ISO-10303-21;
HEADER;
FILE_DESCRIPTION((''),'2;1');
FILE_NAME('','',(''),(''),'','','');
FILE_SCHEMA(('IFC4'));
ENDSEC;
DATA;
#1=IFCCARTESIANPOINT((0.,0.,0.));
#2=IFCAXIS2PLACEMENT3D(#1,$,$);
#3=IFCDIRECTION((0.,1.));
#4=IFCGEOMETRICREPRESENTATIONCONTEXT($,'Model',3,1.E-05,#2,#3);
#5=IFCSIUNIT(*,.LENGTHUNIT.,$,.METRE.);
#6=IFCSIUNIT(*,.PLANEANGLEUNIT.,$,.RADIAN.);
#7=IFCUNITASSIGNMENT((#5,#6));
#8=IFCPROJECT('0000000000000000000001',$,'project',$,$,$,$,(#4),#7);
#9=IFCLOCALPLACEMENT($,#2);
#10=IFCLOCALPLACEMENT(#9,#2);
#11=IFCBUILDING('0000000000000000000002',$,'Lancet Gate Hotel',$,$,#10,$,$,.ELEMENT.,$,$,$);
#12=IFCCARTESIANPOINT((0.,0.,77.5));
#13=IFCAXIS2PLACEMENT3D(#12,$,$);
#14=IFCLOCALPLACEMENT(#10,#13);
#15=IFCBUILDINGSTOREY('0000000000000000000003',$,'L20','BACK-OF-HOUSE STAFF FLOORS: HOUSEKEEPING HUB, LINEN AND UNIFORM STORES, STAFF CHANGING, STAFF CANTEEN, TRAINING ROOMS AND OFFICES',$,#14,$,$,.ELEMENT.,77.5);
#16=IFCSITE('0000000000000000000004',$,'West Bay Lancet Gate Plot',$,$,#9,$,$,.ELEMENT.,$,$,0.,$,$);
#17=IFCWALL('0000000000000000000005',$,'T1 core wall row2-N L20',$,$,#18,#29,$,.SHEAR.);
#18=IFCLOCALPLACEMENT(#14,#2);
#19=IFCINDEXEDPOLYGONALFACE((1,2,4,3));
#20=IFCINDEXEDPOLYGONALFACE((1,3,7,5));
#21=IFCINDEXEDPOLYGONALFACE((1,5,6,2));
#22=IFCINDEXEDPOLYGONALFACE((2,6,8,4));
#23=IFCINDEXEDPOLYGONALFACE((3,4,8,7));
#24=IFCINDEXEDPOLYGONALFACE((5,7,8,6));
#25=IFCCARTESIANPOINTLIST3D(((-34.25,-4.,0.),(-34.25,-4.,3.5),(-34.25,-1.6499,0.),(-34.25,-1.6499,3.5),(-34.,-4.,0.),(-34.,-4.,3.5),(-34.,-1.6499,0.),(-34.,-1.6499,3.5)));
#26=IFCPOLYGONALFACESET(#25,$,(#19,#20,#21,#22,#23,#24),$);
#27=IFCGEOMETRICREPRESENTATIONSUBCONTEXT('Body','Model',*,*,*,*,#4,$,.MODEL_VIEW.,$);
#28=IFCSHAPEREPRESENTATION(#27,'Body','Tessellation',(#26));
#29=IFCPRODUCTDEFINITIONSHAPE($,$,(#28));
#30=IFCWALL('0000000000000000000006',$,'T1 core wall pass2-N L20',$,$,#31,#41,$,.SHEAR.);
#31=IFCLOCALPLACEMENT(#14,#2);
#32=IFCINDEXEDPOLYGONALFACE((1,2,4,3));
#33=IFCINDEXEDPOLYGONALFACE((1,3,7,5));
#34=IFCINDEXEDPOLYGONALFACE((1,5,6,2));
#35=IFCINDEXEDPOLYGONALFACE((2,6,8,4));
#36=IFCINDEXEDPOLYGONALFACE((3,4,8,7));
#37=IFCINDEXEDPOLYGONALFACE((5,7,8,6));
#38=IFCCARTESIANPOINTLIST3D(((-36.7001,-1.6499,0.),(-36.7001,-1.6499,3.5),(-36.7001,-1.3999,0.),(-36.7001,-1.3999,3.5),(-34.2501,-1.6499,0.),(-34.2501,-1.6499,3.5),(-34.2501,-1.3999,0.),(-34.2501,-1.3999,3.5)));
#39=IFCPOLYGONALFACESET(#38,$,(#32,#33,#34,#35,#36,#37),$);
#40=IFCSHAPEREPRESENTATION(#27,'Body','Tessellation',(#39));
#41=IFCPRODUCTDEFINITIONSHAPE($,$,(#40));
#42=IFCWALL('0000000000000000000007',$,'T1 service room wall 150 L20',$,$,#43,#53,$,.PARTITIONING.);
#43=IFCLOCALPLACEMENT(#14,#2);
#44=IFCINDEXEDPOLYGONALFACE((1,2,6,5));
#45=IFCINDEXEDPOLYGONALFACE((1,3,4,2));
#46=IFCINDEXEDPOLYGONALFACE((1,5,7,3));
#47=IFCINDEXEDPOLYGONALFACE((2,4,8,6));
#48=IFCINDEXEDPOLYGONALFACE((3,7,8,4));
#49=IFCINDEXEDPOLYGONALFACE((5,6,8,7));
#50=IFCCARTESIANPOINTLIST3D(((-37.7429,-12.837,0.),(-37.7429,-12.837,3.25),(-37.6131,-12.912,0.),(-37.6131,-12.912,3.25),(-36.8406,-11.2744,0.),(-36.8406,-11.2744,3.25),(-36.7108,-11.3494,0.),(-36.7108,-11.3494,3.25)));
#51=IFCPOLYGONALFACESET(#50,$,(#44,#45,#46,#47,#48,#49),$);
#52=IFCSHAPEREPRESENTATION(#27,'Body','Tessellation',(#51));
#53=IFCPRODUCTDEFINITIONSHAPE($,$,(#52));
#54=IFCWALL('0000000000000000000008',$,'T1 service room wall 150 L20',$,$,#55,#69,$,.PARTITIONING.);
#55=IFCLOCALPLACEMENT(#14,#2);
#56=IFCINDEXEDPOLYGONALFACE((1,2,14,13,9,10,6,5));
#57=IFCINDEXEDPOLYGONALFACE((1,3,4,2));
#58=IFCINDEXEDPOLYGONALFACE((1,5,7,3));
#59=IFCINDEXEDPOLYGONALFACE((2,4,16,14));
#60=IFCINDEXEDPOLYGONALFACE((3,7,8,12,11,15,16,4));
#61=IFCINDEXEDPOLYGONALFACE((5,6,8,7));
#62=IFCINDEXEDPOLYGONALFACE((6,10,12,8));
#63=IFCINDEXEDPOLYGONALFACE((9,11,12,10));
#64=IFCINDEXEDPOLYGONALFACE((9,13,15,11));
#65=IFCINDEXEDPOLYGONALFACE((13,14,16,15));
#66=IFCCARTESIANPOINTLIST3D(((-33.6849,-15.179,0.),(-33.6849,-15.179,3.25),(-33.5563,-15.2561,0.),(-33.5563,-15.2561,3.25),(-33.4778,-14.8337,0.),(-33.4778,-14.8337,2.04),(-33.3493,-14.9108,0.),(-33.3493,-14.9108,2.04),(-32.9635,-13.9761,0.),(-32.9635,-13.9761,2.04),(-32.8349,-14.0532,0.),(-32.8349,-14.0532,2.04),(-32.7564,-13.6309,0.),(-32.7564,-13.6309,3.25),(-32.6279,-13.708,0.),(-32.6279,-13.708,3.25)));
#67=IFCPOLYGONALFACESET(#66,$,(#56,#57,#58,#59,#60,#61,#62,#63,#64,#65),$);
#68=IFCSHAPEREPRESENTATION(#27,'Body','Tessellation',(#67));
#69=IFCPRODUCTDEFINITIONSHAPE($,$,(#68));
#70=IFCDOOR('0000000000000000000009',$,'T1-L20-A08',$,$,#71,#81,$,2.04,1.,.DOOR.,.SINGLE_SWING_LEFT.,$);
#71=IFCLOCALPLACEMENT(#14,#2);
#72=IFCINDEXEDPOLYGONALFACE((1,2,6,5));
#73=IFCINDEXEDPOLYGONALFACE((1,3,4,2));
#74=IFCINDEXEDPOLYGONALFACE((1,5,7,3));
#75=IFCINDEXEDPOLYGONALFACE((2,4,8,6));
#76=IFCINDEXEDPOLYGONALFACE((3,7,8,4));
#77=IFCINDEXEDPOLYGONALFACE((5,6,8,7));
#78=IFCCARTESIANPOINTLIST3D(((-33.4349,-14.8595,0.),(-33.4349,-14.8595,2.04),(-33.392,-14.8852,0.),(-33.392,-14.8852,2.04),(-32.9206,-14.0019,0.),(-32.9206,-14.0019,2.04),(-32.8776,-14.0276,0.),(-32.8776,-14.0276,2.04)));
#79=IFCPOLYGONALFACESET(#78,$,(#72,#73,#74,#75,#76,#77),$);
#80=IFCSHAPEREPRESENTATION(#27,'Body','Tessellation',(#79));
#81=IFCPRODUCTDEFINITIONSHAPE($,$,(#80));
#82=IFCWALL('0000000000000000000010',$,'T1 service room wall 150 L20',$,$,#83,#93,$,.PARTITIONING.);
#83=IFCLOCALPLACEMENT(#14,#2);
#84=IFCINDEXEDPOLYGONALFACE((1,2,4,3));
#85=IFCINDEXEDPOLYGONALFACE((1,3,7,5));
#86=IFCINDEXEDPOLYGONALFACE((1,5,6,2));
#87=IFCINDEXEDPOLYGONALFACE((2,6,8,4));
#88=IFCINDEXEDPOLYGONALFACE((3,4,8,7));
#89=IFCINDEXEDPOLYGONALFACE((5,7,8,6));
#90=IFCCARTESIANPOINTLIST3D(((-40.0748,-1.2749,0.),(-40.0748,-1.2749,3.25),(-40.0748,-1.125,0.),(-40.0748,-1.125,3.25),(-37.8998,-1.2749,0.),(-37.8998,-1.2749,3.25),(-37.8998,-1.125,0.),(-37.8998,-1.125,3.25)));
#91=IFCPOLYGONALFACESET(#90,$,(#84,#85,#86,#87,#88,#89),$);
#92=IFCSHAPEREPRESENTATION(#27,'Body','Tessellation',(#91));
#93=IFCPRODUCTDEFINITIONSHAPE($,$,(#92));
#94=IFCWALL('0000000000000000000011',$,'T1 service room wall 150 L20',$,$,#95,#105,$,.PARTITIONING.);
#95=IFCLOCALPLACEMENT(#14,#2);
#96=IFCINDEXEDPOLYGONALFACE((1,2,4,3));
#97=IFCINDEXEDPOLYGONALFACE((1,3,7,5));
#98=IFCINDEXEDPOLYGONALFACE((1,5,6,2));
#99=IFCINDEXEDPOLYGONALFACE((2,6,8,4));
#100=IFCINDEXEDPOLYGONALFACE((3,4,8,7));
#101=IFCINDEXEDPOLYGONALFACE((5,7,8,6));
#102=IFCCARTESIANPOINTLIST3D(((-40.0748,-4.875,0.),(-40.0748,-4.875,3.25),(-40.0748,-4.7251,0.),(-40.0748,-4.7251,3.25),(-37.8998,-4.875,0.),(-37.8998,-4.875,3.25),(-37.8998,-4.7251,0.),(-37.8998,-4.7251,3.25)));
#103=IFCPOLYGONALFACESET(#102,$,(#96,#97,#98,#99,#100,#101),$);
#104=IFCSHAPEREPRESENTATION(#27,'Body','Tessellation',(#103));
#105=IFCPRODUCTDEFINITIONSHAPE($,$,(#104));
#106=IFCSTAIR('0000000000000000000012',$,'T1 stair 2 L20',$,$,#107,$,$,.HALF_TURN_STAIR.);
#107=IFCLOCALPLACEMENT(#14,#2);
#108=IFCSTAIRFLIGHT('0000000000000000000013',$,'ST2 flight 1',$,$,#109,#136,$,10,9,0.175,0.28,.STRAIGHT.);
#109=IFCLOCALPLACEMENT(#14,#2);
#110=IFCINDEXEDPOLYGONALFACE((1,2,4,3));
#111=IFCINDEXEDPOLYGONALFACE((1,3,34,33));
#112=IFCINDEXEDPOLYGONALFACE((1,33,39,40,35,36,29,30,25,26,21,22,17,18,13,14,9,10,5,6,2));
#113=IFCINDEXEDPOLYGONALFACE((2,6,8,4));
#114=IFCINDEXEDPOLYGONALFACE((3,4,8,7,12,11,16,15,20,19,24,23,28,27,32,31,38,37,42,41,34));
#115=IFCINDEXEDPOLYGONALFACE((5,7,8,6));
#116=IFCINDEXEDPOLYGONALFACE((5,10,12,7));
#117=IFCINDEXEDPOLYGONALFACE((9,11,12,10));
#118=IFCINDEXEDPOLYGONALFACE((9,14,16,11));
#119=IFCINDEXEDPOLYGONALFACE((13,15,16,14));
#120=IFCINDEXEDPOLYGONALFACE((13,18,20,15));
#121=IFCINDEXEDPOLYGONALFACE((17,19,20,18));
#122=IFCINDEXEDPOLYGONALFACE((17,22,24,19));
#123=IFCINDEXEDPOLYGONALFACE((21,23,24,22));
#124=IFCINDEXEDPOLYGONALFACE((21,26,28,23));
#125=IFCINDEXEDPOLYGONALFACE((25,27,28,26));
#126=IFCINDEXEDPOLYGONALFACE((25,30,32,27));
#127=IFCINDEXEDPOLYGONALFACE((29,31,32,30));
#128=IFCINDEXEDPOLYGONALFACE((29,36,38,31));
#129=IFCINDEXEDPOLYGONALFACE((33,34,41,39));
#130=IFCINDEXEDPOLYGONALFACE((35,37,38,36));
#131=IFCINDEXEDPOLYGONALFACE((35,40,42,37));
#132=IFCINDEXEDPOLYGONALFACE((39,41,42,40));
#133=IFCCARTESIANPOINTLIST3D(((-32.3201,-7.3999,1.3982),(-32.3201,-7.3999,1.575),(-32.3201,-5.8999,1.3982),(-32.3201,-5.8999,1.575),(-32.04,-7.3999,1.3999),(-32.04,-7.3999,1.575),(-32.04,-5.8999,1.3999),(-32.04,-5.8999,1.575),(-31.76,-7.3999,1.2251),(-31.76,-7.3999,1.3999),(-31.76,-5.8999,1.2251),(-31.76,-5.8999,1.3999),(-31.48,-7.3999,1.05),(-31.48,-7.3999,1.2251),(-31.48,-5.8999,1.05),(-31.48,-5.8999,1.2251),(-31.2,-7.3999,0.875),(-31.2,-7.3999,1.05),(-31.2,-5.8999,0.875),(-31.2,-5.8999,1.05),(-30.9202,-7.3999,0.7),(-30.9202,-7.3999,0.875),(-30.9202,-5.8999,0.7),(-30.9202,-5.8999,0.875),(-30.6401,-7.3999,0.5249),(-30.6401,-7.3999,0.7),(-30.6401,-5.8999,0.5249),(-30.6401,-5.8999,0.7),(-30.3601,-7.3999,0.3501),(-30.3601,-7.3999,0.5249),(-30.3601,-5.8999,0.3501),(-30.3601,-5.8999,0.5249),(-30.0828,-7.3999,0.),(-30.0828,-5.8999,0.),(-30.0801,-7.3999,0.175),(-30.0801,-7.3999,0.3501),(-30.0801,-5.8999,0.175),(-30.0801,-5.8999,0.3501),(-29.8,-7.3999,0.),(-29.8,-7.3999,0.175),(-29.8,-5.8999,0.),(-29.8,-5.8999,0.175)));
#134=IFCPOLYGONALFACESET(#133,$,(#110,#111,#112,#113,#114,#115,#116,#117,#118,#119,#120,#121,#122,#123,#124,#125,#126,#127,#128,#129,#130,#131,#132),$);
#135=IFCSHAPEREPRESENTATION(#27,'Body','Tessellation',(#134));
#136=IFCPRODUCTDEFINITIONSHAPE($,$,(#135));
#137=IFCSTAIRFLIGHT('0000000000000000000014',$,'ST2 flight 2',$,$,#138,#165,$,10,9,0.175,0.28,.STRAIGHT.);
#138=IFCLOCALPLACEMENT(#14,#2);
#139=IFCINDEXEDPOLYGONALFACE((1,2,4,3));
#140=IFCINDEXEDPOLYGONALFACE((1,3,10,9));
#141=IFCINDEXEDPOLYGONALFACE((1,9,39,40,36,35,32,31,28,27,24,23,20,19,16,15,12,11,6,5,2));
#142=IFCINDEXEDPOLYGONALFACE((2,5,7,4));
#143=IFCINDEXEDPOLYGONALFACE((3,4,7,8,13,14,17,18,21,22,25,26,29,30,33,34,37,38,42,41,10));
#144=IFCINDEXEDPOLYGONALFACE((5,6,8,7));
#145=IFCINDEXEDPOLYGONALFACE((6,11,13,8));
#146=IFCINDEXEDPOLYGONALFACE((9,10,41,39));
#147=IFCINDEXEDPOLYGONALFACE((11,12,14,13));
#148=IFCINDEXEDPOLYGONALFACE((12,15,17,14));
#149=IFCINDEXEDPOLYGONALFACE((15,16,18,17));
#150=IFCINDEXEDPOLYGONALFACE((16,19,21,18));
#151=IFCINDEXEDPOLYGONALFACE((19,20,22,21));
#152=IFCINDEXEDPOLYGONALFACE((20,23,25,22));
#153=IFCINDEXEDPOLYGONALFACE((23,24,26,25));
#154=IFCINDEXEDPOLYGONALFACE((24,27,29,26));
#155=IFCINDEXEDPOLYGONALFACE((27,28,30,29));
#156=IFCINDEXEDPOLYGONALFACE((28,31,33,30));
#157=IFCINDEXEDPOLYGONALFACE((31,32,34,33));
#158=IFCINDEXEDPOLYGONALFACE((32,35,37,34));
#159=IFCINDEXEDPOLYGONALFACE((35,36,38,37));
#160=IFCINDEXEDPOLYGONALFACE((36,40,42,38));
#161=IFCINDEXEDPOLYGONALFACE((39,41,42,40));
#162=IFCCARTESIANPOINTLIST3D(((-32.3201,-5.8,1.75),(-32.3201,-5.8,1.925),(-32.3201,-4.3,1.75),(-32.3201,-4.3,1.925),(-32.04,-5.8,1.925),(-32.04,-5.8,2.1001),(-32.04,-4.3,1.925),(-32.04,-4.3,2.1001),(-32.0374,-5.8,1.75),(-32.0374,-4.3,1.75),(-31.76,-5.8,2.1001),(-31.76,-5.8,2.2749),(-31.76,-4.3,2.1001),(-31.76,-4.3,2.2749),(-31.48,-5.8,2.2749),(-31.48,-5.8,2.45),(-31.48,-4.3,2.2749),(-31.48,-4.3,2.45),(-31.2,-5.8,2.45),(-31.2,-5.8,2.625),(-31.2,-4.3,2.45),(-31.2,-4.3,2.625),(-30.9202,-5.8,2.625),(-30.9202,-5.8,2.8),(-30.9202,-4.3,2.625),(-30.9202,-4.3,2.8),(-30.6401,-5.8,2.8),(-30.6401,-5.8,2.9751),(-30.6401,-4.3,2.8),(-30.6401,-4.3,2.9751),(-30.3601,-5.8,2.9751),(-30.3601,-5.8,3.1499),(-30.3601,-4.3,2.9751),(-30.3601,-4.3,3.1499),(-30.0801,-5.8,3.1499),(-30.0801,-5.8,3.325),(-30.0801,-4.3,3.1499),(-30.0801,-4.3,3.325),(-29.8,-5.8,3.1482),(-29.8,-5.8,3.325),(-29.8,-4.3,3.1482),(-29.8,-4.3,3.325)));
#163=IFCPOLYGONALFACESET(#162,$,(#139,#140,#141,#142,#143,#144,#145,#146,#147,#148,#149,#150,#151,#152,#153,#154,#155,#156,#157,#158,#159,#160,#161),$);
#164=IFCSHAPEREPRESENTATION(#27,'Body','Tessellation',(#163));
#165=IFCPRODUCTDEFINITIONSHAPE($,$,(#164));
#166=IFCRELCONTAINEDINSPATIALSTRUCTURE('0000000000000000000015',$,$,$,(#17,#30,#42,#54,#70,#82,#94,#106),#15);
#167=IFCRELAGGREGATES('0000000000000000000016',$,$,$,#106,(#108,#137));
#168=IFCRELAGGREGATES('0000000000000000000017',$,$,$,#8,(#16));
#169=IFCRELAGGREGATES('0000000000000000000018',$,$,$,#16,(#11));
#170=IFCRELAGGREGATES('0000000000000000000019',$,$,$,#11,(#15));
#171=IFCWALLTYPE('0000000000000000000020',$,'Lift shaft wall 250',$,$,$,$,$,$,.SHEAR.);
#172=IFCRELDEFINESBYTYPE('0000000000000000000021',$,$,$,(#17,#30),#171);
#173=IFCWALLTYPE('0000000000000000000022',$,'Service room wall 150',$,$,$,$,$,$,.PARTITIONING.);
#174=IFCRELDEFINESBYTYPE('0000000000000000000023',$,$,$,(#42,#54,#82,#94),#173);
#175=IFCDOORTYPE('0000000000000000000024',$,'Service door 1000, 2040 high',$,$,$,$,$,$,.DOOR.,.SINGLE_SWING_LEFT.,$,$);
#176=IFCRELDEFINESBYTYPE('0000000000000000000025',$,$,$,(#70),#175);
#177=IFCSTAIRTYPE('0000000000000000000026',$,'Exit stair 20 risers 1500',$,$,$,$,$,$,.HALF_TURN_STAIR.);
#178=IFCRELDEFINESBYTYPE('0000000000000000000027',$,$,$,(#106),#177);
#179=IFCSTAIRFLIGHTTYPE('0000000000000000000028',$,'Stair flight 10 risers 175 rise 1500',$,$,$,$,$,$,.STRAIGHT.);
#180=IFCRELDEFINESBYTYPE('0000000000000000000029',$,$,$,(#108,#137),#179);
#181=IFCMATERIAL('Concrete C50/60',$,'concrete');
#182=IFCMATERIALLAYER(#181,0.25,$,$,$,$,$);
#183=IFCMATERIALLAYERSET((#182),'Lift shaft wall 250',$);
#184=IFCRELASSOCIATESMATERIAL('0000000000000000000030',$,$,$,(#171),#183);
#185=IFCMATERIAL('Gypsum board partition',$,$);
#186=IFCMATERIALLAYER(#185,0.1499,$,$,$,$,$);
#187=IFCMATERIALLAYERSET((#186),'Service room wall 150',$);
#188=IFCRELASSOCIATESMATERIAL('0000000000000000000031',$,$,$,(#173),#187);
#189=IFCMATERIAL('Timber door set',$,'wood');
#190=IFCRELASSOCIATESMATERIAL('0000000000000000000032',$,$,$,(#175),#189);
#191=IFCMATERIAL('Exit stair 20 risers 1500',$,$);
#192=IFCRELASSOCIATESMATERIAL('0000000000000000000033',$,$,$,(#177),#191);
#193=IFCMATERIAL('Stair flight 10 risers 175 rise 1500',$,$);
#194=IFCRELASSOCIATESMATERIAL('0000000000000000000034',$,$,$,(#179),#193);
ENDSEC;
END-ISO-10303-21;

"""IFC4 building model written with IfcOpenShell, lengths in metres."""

from ifc_helpers import new_model, si_unit, direction, frame, frame_2d, origin, place, context, subcontext, project, spatial, polyline, rectangle, outline, extrude, material, layer, layer_set, type_object, element, fill, aggregate, save


model = new_model("IFC4")

# Units and contexts
model_context = context("Model", 3, precision=1e-05, world=origin(), true_north=direction((0.0, 1.0)))
body_context = subcontext(model_context, "Body", "Model", "MODEL_VIEW")
ifc_project = project(units=[si_unit("LENGTHUNIT", "METRE"), si_unit("PLANEANGLEUNIT", "RADIAN")], contexts=[model_context])

# Site, building, storey
site_placement = place(None, origin())
site = spatial("IfcSite", under=ifc_project, at=site_placement, Name="West Bay Lancet Gate Plot", CompositionType="ELEMENT", RefElevation=0.0)
building_placement = place(site_placement, origin())
building = spatial("IfcBuilding", under=site, at=building_placement, Name="Lancet Gate Hotel", CompositionType="ELEMENT")
storey_placement = place(building_placement, frame((0.0, 0.0, 77.5)))
storey = spatial("IfcBuildingStorey", under=building, at=storey_placement, Name="L20", Description="BACK-OF-HOUSE STAFF FLOORS: HOUSEKEEPING HUB, LINEN AND UNIFORM STORES, STAFF CHANGING, STAFF CANTEEN, TRAINING ROOMS AND OFFICES", CompositionType="ELEMENT", Elevation=77.5)

# Shared definitions
ifc_material_1 = material(Name="Concrete C50/60", Category="concrete")
ifc_layer_1 = layer(ifc_material_1, 0.25)
ifc_layer_set_1 = layer_set([ifc_layer_1], Name="Lift shaft wall 250")
wall_type_1 = type_object("IfcWallType", Name="Lift shaft wall 250", PredefinedType="SHEAR", material=ifc_layer_set_1)

# Walls
wall_1_placement = place(storey_placement, frame((-34.125, -1.6499, 0.0), z_axis=(0.0, 0.0, 1.0), x_axis=(0.0, -1.0, 0.0)))
element("IfcWall", 1, at=wall_1_placement, inside=storey, type_object=wall_type_1, Name="T1 core wall row2-N L20", PredefinedType="SHEAR", context=body_context, shape_type="SweptSolid", body=[
    extrude(rectangle(XDim=2.3501, YDim=0.25, at=frame_2d((1.175, 0.0))), origin(), (0.0, 0.0, 1.0), 3.5),
])
wall_2_placement = place(storey_placement, frame((-34.25, -1.5249, 0.0), z_axis=(0.0, 0.0, 1.0), x_axis=(-1.0, 0.0, 0.0)))
element("IfcWall", 2, at=wall_2_placement, inside=storey, type_object=wall_type_1, Name="T1 core wall pass2-N L20", PredefinedType="SHEAR", context=body_context, shape_type="SweptSolid", body=[
    extrude(rectangle(XDim=2.45, YDim=0.25, at=frame_2d((1.2251, 0.0))), origin(), (0.0, 0.0, 1.0), 3.5),
])
ifc_material_2 = material(Name="Gypsum board partition")
ifc_layer_2 = layer(ifc_material_2, 0.1499)
ifc_layer_set_2 = layer_set([ifc_layer_2], Name="Service room wall 150")
wall_type_2 = type_object("IfcWallType", Name="Service room wall 150", PredefinedType="PARTITIONING", material=ifc_layer_set_2)
wall_3_placement = place(storey_placement, frame((-36.7756, -11.3118, 0.0), z_axis=(0.0, 0.0, 1.0), x_axis=(-0.500039, -0.866003, 0.0)))
element("IfcWall", 3, at=wall_3_placement, inside=storey, type_object=wall_type_2, Name="T1 service room wall 150 L20", PredefinedType="PARTITIONING", context=body_context, shape_type="SweptSolid", body=[
    extrude(rectangle(XDim=1.8044, YDim=0.1499, at=frame_2d((0.9023, 0.0))), origin(), (0.0, 0.0, 1.0), 3.25),
])

# Wall, opening, door
wall_4_placement = place(storey_placement, frame((-33.6206, -15.2175, 0.0), z_axis=(0.0, 0.0, 1.0), x_axis=(0.514337, 0.857588, 0.0)))
wall_4 = element("IfcWall", 4, at=wall_4_placement, inside=storey, type_object=wall_type_2, Name="T1 service room wall 150 L20", PredefinedType="PARTITIONING", context=body_context, shape_type="SweptSolid", body=[
    extrude(rectangle(XDim=1.8052, YDim=0.1499, at=frame_2d((0.9026, 0.0))), origin(), (0.0, 0.0, 1.0), 3.25),
])
opening_1_placement = place(wall_4_placement, frame((0.4026, 0.0, 0.0)))
opening_1 = element("IfcOpeningElement", 5, at=opening_1_placement, cuts=wall_4, PredefinedType="OPENING", context=body_context, shape_type="SweptSolid", body=[
    extrude(rectangle(XDim=1.0, YDim=2.04, at=frame_2d((0.5, 1.02))), frame((0.0, 0.085, 0.0), z_axis=(0.0, -1.0, 0.0), x_axis=(1.0, 0.0, 0.0)), (0.0, 0.0, 1.0), 0.1699),
])
ifc_material_3 = material(Name="Timber door set", Category="wood")
door_type_1 = type_object("IfcDoorType", Name="Service door 1000, 2040 high", OperationType="SINGLE_SWING_LEFT", PredefinedType="DOOR", material=ifc_material_3)
door_1_placement = place(opening_1_placement, origin())
door_1 = element("IfcDoor", 6, at=door_1_placement, inside=storey, type_object=door_type_1, Name="T1-L20-A08", OperationType="SINGLE_SWING_LEFT", OverallHeight=2.04, OverallWidth=1.0, PredefinedType="DOOR", context=body_context, shape_type="SweptSolid", body=[
    extrude(rectangle(XDim=1.0, YDim=2.04, at=frame_2d((0.5, 1.02))), frame((0.0, 0.0249, 0.0), z_axis=(0.0, -1.0, 0.0), x_axis=(1.0, 0.0, 0.0)), (0.0, 0.0, 1.0), 0.05),
])
fill(opening_1, door_1)

# Walls
for number, where, z_axis, x_axis, name in (
    (7, (-37.8999, -1.2, 0.0), (0.0, 0.0, 1.0), (-1.0, 0.0, 0.0), "T1 service room wall 150 L20"),
    (8, (-37.8999, -4.8, 0.0), (0.0, 0.0, 1.0), (-1.0, 0.0, 0.0), "T1 service room wall 150 L20"),
):
    element("IfcWall", number, at=place(storey_placement, frame(where, z_axis=z_axis, x_axis=x_axis)), inside=storey, type_object=wall_type_2, Name=name, PredefinedType="PARTITIONING", context=body_context, shape_type="SweptSolid", body=[
        extrude(rectangle(XDim=2.175, YDim=0.1499, at=frame_2d((1.0874, 0.0))), origin(), (0.0, 0.0, 1.0), 3.25),
    ])

# Stair, stair flights
ifc_material_4 = material(Name="Exit stair 20 risers 1500")
stair_type = type_object("IfcStairType", Name="Exit stair 20 risers 1500", PredefinedType="HALF_TURN_STAIR", material=ifc_material_4)
stair_placement = place(storey_placement, origin())
stair = element("IfcStair", 9, at=stair_placement, inside=storey, type_object=stair_type, Name="T1 stair 2 L20", PredefinedType="HALF_TURN_STAIR")
ifc_material_5 = material(Name="Stair flight 10 risers 175 rise 1500")
stair_flight_type = type_object("IfcStairFlightType", Name="Stair flight 10 risers 175 rise 1500", PredefinedType="STRAIGHT", material=ifc_material_5)
stair_flight_1_placement = place(storey_placement, frame((-29.8, -6.6499, 0.0), z_axis=(0.0, 0.0, 1.0), x_axis=(-1.0, 0.0, 0.0)))
stair_flight_1 = element("IfcStairFlight", 10, at=stair_flight_1_placement, type_object=stair_flight_type, Name="ST2 flight 1", NumberOfRisers=10, NumberOfTreads=9, PredefinedType="STRAIGHT", RiserHeight=0.175, TreadLength=0.28, context=body_context, shape_type="SweptSolid", body=[
    extrude(outline(polyline([(0.0, 0.0), (0.0, 0.175), (0.28, 0.175), (0.28, 0.3501), (0.5601, 0.3501), (0.5601, 0.5249), (0.8401, 0.5249), (0.8401, 0.7), (1.1201, 0.7), (1.1201, 0.875), (1.3999, 0.875), (1.3999, 1.05), (1.6799, 1.05), (1.6799, 1.2251), (1.96, 1.2251), (1.96, 1.3999), (2.24, 1.3999), (2.24, 1.575), (2.52, 1.575), (2.52, 1.75), (2.52, 1.3982), (0.2827, 0.0), (0.0, 0.0)])), frame((0.0, 0.75, 0.0), z_axis=(0.0, -1.0, 0.0), x_axis=(1.0, 0.0, 0.0)), (0.0, 0.0, 1.0), 1.5),
])
stair_flight_2_placement = place(storey_placement, frame((-32.3201, -5.05, 1.75), z_axis=(0.0, 0.0, 1.0), x_axis=(1.0, 0.0, 0.0)))
stair_flight_2 = element("IfcStairFlight", 11, at=stair_flight_2_placement, type_object=stair_flight_type, Name="ST2 flight 2", NumberOfRisers=10, NumberOfTreads=9, PredefinedType="STRAIGHT", RiserHeight=0.175, TreadLength=0.28, context=body_context, shape_type="SweptSolid", body=[
    extrude(outline(polyline([(0.0, 0.0), (0.0, 0.175), (0.28, 0.175), (0.28, 0.3501), (0.5601, 0.3501), (0.5601, 0.5249), (0.8401, 0.5249), (0.8401, 0.7), (1.1201, 0.7), (1.1201, 0.875), (1.3999, 0.875), (1.3999, 1.05), (1.6799, 1.05), (1.6799, 1.2251), (1.96, 1.2251), (1.96, 1.3999), (2.24, 1.3999), (2.24, 1.575), (2.52, 1.575), (2.52, 1.75), (2.52, 1.3982), (0.2827, 0.0), (0.0, 0.0)])), frame((0.0, 0.75, 0.0), z_axis=(0.0, -1.0, 0.0), x_axis=(1.0, 0.0, 0.0)), (0.0, 0.0, 1.0), 1.5),
])
aggregate(stair, [stair_flight_1, stair_flight_2])

save(model, "model.ifc")
